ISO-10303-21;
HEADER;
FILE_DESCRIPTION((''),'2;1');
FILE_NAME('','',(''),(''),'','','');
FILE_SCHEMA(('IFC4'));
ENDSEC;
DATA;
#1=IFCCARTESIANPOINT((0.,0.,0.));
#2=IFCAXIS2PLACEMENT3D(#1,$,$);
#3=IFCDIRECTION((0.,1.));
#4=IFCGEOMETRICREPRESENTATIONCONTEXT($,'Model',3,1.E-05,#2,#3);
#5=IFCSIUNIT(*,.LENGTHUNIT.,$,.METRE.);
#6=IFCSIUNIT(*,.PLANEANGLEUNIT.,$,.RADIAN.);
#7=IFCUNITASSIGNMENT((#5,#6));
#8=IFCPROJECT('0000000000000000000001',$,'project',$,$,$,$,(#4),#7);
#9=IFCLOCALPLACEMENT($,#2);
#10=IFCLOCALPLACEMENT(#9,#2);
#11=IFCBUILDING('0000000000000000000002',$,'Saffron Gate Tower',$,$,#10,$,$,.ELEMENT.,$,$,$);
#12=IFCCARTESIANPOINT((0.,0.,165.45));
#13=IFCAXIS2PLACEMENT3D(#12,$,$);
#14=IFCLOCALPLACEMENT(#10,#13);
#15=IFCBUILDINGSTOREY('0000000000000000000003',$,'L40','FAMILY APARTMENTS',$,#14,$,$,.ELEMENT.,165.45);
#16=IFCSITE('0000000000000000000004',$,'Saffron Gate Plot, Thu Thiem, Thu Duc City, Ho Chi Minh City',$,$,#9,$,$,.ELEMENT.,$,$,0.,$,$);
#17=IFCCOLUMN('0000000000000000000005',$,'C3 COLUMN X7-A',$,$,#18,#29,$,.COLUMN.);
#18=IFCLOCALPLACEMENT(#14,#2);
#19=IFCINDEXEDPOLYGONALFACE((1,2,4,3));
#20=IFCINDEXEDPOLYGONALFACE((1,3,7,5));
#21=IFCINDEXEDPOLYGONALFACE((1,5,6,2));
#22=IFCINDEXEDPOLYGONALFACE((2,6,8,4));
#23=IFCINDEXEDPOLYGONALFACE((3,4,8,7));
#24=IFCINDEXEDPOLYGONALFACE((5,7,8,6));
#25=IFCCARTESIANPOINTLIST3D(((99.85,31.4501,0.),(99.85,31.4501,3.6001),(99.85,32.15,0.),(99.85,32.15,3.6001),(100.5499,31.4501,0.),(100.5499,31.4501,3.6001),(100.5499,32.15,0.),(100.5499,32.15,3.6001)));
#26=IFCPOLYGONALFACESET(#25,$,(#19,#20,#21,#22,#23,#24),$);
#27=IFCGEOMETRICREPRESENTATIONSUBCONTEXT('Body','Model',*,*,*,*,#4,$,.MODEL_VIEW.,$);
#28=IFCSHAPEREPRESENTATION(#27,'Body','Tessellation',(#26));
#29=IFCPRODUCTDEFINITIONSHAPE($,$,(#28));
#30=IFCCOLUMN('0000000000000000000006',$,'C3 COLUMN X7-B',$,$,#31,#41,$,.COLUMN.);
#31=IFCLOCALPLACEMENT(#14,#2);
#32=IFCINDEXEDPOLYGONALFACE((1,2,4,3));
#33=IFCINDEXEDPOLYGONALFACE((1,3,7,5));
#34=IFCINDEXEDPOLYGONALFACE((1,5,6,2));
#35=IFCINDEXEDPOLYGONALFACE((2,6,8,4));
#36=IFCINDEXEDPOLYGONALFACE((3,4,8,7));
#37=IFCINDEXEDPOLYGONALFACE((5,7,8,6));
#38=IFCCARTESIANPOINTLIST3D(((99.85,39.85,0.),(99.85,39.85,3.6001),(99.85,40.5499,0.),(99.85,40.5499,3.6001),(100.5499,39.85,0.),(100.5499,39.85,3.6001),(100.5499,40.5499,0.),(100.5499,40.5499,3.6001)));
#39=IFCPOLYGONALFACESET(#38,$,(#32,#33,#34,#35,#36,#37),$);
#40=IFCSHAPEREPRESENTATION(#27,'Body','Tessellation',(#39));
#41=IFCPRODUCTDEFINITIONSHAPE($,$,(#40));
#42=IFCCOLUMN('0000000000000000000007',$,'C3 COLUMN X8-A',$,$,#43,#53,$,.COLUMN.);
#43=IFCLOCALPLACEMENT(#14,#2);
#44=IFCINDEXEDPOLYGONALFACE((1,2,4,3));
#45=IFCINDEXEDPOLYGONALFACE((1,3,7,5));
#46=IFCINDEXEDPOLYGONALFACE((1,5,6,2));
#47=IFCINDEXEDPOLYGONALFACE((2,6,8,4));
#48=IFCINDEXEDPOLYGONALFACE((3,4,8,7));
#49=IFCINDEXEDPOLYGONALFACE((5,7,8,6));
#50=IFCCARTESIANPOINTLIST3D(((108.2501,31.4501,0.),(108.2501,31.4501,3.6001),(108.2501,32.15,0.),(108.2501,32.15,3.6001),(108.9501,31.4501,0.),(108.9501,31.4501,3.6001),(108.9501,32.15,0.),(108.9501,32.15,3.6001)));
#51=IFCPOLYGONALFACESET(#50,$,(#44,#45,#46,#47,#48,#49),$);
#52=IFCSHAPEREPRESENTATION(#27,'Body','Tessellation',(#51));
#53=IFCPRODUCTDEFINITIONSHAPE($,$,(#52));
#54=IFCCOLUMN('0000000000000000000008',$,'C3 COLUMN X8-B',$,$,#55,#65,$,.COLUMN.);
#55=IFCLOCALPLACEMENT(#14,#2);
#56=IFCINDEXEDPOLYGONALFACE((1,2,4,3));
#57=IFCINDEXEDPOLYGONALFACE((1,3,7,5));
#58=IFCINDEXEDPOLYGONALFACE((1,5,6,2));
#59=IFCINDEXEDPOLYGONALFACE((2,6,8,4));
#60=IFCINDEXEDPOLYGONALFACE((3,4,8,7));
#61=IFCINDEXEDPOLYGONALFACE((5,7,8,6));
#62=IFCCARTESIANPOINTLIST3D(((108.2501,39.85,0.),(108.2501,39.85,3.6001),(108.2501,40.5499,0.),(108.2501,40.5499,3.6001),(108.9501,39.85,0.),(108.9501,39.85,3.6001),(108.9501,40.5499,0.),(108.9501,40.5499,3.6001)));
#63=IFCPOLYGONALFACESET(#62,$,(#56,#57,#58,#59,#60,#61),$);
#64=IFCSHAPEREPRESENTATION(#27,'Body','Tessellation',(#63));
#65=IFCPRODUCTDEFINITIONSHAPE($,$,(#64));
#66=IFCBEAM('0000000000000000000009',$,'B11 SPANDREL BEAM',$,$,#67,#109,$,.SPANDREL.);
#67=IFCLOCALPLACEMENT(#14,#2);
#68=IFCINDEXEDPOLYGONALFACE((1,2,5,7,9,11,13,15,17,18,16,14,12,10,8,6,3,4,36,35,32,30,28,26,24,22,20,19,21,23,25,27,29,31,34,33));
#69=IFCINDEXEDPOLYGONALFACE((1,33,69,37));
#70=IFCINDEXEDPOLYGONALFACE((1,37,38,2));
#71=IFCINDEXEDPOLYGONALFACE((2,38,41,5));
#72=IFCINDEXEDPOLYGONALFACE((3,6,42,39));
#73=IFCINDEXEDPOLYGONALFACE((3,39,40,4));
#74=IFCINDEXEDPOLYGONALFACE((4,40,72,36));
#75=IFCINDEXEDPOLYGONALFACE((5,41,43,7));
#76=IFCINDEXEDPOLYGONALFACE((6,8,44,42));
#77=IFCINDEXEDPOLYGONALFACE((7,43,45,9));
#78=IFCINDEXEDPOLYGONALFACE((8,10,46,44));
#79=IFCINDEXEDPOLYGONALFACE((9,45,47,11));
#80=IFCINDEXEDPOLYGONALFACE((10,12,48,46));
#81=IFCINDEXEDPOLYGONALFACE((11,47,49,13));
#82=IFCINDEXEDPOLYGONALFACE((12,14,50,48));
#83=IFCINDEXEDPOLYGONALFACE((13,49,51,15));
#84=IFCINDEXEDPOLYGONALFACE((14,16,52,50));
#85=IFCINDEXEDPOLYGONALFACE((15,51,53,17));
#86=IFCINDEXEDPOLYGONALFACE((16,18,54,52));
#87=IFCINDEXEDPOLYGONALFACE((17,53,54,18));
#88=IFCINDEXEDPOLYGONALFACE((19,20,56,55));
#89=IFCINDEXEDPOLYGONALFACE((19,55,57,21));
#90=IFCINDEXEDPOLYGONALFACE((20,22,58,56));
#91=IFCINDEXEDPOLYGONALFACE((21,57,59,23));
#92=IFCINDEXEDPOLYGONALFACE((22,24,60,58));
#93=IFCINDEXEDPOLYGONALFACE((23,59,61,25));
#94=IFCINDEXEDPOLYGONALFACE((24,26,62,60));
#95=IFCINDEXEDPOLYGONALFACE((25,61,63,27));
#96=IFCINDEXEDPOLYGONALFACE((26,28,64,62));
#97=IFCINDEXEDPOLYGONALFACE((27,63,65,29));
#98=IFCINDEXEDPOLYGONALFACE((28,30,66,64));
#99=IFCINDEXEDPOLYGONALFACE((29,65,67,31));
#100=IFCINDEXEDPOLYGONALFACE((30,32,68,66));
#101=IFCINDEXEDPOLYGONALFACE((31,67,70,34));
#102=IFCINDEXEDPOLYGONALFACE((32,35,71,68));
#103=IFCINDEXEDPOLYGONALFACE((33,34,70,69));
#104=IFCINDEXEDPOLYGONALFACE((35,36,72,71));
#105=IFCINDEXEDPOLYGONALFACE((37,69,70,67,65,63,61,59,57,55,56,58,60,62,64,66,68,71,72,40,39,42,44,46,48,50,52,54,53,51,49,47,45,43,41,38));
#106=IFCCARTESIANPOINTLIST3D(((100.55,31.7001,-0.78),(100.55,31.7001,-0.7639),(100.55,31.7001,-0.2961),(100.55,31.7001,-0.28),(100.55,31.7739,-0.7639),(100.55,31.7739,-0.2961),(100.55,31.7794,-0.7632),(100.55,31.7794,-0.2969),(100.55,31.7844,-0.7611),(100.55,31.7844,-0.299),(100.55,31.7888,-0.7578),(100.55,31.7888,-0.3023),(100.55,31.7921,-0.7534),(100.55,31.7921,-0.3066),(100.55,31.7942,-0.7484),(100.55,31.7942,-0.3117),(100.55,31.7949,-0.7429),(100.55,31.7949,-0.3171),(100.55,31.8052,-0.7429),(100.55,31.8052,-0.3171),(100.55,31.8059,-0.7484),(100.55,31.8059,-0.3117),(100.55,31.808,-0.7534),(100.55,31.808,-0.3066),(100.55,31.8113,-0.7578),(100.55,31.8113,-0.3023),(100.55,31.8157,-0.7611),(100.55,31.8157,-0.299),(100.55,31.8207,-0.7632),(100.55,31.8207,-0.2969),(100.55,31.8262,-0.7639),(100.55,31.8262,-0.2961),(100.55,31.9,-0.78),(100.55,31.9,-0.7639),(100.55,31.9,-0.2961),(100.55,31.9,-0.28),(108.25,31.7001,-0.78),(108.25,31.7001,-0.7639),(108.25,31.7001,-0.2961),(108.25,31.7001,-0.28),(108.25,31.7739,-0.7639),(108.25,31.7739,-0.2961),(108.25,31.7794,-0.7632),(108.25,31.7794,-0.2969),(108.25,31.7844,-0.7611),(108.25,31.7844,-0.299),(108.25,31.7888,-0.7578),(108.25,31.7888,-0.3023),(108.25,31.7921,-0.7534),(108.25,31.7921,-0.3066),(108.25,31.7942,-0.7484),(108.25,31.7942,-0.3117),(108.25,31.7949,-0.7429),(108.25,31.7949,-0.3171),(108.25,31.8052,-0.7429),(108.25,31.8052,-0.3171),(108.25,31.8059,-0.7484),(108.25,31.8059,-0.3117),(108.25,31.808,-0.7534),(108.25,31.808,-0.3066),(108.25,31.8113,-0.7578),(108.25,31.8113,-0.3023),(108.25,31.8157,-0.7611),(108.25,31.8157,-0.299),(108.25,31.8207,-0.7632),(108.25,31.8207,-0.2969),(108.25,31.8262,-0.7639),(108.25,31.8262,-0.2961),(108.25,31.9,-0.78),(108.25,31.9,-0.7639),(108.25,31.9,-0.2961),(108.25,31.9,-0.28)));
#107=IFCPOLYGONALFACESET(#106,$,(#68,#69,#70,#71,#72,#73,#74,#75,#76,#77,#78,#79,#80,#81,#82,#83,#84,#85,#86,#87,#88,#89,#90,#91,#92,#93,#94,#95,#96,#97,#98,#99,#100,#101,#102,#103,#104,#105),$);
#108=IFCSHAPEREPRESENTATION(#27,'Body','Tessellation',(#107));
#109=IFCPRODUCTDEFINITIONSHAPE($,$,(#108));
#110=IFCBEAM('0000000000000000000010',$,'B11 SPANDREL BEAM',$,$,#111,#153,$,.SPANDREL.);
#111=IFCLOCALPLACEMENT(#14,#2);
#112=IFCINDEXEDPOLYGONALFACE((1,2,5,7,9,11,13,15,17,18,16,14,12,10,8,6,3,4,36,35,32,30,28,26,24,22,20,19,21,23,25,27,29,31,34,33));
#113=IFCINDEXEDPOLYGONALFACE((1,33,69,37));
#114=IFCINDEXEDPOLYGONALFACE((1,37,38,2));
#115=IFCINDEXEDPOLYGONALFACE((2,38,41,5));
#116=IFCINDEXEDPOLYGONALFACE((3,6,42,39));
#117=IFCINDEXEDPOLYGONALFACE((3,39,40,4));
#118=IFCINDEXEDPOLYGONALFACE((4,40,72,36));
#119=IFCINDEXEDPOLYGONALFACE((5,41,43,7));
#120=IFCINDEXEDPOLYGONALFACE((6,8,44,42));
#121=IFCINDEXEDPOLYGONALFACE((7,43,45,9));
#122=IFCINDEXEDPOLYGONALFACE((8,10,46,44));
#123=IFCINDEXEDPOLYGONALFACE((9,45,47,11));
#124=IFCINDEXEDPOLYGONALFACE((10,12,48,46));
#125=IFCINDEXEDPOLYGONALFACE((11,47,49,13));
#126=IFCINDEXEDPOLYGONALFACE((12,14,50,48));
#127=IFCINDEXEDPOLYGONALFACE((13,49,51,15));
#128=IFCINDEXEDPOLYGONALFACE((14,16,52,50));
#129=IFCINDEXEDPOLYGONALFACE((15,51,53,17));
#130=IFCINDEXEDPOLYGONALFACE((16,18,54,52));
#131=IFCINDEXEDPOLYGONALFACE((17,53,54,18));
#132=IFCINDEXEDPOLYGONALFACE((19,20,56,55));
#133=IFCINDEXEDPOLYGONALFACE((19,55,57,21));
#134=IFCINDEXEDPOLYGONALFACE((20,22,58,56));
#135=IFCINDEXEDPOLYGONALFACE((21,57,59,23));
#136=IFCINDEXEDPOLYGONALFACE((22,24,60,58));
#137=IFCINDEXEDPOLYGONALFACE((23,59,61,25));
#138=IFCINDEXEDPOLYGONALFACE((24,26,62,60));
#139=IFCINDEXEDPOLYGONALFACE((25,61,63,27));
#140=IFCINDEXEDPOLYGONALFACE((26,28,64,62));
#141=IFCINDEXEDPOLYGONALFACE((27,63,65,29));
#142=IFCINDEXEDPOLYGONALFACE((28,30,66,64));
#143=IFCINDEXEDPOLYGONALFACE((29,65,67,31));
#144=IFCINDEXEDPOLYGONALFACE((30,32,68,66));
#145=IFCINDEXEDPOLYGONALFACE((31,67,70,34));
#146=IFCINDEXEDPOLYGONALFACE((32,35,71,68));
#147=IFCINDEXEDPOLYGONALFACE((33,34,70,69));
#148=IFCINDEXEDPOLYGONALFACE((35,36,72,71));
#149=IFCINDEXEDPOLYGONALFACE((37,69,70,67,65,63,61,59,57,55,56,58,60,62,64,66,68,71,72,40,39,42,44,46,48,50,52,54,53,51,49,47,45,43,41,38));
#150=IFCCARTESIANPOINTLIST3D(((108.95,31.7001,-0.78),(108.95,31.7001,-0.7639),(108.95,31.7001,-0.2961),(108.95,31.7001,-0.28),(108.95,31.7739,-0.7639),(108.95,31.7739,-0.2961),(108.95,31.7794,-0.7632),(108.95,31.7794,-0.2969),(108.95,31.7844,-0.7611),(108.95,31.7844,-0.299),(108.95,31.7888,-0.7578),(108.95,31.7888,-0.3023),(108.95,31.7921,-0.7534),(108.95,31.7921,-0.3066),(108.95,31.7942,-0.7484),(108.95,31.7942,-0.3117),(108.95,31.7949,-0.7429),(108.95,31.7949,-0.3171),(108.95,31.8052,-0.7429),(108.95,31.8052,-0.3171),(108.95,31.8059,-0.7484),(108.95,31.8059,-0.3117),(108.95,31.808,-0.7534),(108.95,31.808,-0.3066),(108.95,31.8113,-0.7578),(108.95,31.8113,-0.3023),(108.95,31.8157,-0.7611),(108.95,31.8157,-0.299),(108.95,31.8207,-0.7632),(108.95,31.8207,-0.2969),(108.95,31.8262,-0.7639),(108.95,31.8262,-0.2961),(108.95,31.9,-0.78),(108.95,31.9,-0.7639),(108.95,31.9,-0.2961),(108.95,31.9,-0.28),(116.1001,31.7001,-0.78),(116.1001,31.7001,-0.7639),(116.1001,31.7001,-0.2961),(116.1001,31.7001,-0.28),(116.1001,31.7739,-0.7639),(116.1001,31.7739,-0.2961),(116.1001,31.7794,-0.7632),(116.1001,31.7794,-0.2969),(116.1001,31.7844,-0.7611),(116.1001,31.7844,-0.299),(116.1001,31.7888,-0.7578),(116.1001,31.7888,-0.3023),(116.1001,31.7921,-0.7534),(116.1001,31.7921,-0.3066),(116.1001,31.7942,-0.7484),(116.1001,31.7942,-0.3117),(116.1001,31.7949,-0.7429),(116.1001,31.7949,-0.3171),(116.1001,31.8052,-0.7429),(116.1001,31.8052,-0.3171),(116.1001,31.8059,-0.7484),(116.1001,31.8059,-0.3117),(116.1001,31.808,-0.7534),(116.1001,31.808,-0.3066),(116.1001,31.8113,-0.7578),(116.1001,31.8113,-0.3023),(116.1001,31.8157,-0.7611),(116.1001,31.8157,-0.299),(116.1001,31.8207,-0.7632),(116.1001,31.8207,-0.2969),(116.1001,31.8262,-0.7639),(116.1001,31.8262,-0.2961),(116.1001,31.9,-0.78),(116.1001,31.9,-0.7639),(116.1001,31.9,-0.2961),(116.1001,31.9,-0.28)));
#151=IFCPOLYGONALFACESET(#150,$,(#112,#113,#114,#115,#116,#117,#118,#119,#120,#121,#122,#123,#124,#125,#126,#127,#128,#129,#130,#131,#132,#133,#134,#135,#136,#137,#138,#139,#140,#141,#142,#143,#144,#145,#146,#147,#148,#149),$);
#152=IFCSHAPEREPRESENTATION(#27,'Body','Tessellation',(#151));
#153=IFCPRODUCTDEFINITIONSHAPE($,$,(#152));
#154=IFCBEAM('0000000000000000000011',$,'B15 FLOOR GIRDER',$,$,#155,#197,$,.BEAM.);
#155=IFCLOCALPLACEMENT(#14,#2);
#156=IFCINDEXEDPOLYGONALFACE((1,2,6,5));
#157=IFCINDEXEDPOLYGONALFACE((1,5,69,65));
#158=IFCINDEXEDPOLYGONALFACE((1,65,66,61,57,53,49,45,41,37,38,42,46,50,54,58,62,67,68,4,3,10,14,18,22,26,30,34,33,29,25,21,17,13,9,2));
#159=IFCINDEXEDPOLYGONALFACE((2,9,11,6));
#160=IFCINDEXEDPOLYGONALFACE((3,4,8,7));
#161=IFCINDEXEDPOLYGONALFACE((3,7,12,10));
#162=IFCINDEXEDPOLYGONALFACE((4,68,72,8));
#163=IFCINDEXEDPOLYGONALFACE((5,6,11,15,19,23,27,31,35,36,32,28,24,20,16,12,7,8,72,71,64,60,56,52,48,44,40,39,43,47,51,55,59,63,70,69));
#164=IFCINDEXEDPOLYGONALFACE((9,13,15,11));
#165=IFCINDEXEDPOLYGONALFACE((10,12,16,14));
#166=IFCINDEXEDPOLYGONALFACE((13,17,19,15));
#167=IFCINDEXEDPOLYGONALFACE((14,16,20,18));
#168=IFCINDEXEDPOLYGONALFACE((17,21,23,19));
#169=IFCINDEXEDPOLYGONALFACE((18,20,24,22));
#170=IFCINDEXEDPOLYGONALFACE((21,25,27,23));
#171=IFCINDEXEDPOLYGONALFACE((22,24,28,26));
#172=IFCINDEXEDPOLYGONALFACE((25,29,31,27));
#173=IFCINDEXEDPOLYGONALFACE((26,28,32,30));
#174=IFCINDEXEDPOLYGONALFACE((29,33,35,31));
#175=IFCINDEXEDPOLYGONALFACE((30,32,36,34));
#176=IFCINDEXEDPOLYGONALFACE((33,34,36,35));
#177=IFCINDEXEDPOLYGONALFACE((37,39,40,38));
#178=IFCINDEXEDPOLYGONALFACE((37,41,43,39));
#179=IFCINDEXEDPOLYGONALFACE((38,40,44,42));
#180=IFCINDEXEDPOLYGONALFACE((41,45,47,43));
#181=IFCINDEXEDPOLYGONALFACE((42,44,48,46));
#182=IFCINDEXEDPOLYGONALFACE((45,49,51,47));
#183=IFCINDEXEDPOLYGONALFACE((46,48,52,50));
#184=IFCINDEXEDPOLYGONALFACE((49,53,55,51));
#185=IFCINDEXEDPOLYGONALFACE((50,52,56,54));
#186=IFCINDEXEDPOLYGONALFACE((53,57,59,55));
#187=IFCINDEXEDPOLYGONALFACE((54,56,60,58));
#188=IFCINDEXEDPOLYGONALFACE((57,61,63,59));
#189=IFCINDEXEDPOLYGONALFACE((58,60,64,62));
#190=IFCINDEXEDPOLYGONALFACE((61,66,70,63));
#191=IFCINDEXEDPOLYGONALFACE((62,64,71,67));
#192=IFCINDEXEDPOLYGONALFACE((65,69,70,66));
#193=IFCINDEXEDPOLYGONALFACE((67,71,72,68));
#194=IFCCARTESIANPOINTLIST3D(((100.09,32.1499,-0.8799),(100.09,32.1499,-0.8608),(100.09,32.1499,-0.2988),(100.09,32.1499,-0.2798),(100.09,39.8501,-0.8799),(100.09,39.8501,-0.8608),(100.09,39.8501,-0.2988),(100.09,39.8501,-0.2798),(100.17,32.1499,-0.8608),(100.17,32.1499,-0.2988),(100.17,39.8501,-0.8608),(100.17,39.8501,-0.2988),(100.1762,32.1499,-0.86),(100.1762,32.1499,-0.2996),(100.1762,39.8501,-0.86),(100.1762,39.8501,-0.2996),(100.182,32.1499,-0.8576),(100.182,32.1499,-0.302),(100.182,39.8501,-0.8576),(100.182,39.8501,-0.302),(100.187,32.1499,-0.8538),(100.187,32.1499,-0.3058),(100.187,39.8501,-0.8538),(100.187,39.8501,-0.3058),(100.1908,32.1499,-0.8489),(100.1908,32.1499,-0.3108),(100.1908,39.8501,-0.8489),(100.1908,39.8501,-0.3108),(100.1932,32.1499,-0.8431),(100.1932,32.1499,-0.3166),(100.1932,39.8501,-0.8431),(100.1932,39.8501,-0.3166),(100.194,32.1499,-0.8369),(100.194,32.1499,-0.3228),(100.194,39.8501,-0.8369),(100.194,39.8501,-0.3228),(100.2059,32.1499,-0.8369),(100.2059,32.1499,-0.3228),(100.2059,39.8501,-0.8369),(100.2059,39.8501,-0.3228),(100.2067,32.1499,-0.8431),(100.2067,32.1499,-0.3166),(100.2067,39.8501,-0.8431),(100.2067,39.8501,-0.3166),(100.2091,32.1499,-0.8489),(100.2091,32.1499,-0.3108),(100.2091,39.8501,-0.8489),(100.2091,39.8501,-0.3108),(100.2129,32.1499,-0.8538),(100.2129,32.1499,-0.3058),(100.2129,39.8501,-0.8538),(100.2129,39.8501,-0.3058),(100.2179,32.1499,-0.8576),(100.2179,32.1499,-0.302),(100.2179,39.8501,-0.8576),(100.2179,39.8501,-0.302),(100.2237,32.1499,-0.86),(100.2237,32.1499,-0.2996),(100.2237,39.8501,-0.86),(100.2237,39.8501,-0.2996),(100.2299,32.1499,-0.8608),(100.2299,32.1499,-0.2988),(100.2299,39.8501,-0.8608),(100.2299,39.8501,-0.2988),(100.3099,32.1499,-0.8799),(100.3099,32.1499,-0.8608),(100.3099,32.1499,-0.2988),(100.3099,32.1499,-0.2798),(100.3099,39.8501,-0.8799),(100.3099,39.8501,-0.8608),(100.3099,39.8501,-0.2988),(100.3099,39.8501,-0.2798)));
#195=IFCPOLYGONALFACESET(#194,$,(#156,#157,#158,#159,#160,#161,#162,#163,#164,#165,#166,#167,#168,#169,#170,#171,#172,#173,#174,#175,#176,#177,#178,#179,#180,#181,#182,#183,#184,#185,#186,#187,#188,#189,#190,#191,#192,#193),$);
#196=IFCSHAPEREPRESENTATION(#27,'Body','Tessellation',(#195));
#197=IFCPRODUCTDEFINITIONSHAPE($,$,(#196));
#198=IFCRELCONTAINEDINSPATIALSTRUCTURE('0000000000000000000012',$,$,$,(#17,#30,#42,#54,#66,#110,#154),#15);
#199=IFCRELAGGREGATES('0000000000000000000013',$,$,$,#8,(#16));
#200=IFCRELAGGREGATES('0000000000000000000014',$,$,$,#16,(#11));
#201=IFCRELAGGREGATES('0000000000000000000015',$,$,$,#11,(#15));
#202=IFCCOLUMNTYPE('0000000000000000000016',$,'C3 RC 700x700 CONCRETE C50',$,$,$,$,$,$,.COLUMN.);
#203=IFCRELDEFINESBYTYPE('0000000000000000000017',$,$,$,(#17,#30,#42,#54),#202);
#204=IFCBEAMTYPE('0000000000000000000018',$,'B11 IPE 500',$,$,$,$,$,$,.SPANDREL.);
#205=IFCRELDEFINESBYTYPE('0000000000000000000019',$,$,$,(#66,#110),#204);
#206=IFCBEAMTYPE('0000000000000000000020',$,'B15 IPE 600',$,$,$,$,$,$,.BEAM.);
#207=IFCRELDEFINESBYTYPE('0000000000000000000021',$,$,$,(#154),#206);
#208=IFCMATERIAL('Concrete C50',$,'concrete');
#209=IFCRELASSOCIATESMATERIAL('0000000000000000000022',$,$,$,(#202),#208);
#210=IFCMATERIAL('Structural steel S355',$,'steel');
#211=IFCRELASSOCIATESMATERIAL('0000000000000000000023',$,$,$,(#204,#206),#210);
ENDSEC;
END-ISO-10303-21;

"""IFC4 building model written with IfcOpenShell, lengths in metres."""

from ifc_helpers import new_model, si_unit, direction, frame, origin, origin_2d, place, context, subcontext, project, spatial, rectangle, i_section, extrude, material, material_profile, profile_set, type_object, element, save


model = new_model("IFC4")

# Units and contexts
model_context = context("Model", 3, precision=1e-05, world=origin(), true_north=direction((0.0, 1.0)))
body_context = subcontext(model_context, "Body", "Model", "MODEL_VIEW")
ifc_project = project(units=[si_unit("LENGTHUNIT", "METRE"), si_unit("PLANEANGLEUNIT", "RADIAN")], contexts=[model_context])

# Site, building, storey
site_placement = place(None, origin())
site = spatial("IfcSite", under=ifc_project, at=site_placement, Name="Saffron Gate Plot, Thu Thiem, Thu Duc City, Ho Chi Minh City", CompositionType="ELEMENT", RefElevation=0.0)
building_placement = place(site_placement, origin())
building = spatial("IfcBuilding", under=site, at=building_placement, Name="Saffron Gate Tower", CompositionType="ELEMENT")
storey_placement = place(building_placement, frame((0.0, 0.0, 165.45)))
storey = spatial("IfcBuildingStorey", under=building, at=storey_placement, Name="L40", Description="FAMILY APARTMENTS", CompositionType="ELEMENT", Elevation=165.45)

# Columns
ifc_material_1 = material(Name="Concrete C50", Category="concrete")
ifc_material_profile_1 = material_profile(ifc_material_1, rectangle(XDim=0.7, YDim=0.7, at=origin_2d()))
ifc_profile_set_1 = profile_set([ifc_material_profile_1], Name="Concrete C50")
column_type = type_object("IfcColumnType", Name="C3 RC 700x700 CONCRETE C50", PredefinedType="COLUMN", material=ifc_profile_set_1)
for number, where, z_axis, x_axis, name in (
    (1, (100.2, 31.8, 0.0), (0.0, 0.0, 1.0), (1.0, 0.0, 0.0), "C3 COLUMN X7-A"),
    (2, (100.2, 40.2, 0.0), (0.0, 0.0, 1.0), (1.0, 0.0, 0.0), "C3 COLUMN X7-B"),
    (3, (108.6001, 31.8, 0.0), (0.0, 0.0, 1.0), (1.0, 0.0, 0.0), "C3 COLUMN X8-A"),
    (4, (108.6001, 40.2, 0.0), (0.0, 0.0, 1.0), (1.0, 0.0, 0.0), "C3 COLUMN X8-B"),
):
    element("IfcColumn", number, at=place(storey_placement, frame(where, z_axis=z_axis, x_axis=x_axis)), inside=storey, type_object=column_type, Name=name, PredefinedType="COLUMN", context=body_context, shape_type="SweptSolid", body=[
        extrude(rectangle(XDim=0.7, YDim=0.7, at=origin_2d()), origin(), (0.0, 0.0, 1.0), 3.6001),
    ])

# Beams
ifc_material_2 = material(Name="Structural steel S355", Category="steel")
ifc_material_profile_2 = material_profile(ifc_material_2, i_section(OverallWidth=0.2, OverallDepth=0.5, WebThickness=0.0103, FlangeThickness=0.0161, FilletRadius=0.021, at=origin_2d()))
ifc_profile_set_2 = profile_set([ifc_material_profile_2], Name="Structural steel S355")
beam_type_1 = type_object("IfcBeamType", Name="B11 IPE 500", PredefinedType="SPANDREL", material=ifc_profile_set_2)
beam_1_placement = place(storey_placement, frame((100.55, 31.8, -0.53), z_axis=(1.0, 0.0, 0.0), x_axis=(0.0, 1.0, 0.0)))
element("IfcBeam", 5, at=beam_1_placement, inside=storey, type_object=beam_type_1, Name="B11 SPANDREL BEAM", PredefinedType="SPANDREL", context=body_context, shape_type="SweptSolid", body=[
    extrude(i_section(OverallWidth=0.2, OverallDepth=0.5, WebThickness=0.0103, FlangeThickness=0.0161, FilletRadius=0.021, at=origin_2d()), origin(), (0.0, 0.0, 1.0), 7.7),
])
beam_2_placement = place(storey_placement, frame((108.95, 31.8, -0.53), z_axis=(1.0, 0.0, 0.0), x_axis=(0.0, 1.0, 0.0)))
element("IfcBeam", 6, at=beam_2_placement, inside=storey, type_object=beam_type_1, Name="B11 SPANDREL BEAM", PredefinedType="SPANDREL", context=body_context, shape_type="SweptSolid", body=[
    extrude(i_section(OverallWidth=0.2, OverallDepth=0.5, WebThickness=0.0103, FlangeThickness=0.0161, FilletRadius=0.021, at=origin_2d()), origin(), (0.0, 0.0, 1.0), 7.1501),
])
ifc_material_profile_3 = material_profile(ifc_material_2, i_section(OverallWidth=0.22, OverallDepth=0.6001, WebThickness=0.012, FlangeThickness=0.019, FilletRadius=0.0239, at=origin_2d()))
ifc_profile_set_3 = profile_set([ifc_material_profile_3], Name="Structural steel S355")
beam_type_2 = type_object("IfcBeamType", Name="B15 IPE 600", PredefinedType="BEAM", material=ifc_profile_set_3)
beam_3_placement = place(storey_placement, frame((100.2, 32.1499, -0.5798), z_axis=(0.0, 1.0, 0.0), x_axis=(-1.0, 0.0, 0.0)))
element("IfcBeam", 7, at=beam_3_placement, inside=storey, type_object=beam_type_2, Name="B15 FLOOR GIRDER", PredefinedType="BEAM", context=body_context, shape_type="SweptSolid", body=[
    extrude(i_section(OverallWidth=0.22, OverallDepth=0.6001, WebThickness=0.012, FlangeThickness=0.019, FilletRadius=0.0239, at=origin_2d()), origin(), (0.0, 0.0, 1.0), 7.7002),
])

save(model, "model.ifc")
